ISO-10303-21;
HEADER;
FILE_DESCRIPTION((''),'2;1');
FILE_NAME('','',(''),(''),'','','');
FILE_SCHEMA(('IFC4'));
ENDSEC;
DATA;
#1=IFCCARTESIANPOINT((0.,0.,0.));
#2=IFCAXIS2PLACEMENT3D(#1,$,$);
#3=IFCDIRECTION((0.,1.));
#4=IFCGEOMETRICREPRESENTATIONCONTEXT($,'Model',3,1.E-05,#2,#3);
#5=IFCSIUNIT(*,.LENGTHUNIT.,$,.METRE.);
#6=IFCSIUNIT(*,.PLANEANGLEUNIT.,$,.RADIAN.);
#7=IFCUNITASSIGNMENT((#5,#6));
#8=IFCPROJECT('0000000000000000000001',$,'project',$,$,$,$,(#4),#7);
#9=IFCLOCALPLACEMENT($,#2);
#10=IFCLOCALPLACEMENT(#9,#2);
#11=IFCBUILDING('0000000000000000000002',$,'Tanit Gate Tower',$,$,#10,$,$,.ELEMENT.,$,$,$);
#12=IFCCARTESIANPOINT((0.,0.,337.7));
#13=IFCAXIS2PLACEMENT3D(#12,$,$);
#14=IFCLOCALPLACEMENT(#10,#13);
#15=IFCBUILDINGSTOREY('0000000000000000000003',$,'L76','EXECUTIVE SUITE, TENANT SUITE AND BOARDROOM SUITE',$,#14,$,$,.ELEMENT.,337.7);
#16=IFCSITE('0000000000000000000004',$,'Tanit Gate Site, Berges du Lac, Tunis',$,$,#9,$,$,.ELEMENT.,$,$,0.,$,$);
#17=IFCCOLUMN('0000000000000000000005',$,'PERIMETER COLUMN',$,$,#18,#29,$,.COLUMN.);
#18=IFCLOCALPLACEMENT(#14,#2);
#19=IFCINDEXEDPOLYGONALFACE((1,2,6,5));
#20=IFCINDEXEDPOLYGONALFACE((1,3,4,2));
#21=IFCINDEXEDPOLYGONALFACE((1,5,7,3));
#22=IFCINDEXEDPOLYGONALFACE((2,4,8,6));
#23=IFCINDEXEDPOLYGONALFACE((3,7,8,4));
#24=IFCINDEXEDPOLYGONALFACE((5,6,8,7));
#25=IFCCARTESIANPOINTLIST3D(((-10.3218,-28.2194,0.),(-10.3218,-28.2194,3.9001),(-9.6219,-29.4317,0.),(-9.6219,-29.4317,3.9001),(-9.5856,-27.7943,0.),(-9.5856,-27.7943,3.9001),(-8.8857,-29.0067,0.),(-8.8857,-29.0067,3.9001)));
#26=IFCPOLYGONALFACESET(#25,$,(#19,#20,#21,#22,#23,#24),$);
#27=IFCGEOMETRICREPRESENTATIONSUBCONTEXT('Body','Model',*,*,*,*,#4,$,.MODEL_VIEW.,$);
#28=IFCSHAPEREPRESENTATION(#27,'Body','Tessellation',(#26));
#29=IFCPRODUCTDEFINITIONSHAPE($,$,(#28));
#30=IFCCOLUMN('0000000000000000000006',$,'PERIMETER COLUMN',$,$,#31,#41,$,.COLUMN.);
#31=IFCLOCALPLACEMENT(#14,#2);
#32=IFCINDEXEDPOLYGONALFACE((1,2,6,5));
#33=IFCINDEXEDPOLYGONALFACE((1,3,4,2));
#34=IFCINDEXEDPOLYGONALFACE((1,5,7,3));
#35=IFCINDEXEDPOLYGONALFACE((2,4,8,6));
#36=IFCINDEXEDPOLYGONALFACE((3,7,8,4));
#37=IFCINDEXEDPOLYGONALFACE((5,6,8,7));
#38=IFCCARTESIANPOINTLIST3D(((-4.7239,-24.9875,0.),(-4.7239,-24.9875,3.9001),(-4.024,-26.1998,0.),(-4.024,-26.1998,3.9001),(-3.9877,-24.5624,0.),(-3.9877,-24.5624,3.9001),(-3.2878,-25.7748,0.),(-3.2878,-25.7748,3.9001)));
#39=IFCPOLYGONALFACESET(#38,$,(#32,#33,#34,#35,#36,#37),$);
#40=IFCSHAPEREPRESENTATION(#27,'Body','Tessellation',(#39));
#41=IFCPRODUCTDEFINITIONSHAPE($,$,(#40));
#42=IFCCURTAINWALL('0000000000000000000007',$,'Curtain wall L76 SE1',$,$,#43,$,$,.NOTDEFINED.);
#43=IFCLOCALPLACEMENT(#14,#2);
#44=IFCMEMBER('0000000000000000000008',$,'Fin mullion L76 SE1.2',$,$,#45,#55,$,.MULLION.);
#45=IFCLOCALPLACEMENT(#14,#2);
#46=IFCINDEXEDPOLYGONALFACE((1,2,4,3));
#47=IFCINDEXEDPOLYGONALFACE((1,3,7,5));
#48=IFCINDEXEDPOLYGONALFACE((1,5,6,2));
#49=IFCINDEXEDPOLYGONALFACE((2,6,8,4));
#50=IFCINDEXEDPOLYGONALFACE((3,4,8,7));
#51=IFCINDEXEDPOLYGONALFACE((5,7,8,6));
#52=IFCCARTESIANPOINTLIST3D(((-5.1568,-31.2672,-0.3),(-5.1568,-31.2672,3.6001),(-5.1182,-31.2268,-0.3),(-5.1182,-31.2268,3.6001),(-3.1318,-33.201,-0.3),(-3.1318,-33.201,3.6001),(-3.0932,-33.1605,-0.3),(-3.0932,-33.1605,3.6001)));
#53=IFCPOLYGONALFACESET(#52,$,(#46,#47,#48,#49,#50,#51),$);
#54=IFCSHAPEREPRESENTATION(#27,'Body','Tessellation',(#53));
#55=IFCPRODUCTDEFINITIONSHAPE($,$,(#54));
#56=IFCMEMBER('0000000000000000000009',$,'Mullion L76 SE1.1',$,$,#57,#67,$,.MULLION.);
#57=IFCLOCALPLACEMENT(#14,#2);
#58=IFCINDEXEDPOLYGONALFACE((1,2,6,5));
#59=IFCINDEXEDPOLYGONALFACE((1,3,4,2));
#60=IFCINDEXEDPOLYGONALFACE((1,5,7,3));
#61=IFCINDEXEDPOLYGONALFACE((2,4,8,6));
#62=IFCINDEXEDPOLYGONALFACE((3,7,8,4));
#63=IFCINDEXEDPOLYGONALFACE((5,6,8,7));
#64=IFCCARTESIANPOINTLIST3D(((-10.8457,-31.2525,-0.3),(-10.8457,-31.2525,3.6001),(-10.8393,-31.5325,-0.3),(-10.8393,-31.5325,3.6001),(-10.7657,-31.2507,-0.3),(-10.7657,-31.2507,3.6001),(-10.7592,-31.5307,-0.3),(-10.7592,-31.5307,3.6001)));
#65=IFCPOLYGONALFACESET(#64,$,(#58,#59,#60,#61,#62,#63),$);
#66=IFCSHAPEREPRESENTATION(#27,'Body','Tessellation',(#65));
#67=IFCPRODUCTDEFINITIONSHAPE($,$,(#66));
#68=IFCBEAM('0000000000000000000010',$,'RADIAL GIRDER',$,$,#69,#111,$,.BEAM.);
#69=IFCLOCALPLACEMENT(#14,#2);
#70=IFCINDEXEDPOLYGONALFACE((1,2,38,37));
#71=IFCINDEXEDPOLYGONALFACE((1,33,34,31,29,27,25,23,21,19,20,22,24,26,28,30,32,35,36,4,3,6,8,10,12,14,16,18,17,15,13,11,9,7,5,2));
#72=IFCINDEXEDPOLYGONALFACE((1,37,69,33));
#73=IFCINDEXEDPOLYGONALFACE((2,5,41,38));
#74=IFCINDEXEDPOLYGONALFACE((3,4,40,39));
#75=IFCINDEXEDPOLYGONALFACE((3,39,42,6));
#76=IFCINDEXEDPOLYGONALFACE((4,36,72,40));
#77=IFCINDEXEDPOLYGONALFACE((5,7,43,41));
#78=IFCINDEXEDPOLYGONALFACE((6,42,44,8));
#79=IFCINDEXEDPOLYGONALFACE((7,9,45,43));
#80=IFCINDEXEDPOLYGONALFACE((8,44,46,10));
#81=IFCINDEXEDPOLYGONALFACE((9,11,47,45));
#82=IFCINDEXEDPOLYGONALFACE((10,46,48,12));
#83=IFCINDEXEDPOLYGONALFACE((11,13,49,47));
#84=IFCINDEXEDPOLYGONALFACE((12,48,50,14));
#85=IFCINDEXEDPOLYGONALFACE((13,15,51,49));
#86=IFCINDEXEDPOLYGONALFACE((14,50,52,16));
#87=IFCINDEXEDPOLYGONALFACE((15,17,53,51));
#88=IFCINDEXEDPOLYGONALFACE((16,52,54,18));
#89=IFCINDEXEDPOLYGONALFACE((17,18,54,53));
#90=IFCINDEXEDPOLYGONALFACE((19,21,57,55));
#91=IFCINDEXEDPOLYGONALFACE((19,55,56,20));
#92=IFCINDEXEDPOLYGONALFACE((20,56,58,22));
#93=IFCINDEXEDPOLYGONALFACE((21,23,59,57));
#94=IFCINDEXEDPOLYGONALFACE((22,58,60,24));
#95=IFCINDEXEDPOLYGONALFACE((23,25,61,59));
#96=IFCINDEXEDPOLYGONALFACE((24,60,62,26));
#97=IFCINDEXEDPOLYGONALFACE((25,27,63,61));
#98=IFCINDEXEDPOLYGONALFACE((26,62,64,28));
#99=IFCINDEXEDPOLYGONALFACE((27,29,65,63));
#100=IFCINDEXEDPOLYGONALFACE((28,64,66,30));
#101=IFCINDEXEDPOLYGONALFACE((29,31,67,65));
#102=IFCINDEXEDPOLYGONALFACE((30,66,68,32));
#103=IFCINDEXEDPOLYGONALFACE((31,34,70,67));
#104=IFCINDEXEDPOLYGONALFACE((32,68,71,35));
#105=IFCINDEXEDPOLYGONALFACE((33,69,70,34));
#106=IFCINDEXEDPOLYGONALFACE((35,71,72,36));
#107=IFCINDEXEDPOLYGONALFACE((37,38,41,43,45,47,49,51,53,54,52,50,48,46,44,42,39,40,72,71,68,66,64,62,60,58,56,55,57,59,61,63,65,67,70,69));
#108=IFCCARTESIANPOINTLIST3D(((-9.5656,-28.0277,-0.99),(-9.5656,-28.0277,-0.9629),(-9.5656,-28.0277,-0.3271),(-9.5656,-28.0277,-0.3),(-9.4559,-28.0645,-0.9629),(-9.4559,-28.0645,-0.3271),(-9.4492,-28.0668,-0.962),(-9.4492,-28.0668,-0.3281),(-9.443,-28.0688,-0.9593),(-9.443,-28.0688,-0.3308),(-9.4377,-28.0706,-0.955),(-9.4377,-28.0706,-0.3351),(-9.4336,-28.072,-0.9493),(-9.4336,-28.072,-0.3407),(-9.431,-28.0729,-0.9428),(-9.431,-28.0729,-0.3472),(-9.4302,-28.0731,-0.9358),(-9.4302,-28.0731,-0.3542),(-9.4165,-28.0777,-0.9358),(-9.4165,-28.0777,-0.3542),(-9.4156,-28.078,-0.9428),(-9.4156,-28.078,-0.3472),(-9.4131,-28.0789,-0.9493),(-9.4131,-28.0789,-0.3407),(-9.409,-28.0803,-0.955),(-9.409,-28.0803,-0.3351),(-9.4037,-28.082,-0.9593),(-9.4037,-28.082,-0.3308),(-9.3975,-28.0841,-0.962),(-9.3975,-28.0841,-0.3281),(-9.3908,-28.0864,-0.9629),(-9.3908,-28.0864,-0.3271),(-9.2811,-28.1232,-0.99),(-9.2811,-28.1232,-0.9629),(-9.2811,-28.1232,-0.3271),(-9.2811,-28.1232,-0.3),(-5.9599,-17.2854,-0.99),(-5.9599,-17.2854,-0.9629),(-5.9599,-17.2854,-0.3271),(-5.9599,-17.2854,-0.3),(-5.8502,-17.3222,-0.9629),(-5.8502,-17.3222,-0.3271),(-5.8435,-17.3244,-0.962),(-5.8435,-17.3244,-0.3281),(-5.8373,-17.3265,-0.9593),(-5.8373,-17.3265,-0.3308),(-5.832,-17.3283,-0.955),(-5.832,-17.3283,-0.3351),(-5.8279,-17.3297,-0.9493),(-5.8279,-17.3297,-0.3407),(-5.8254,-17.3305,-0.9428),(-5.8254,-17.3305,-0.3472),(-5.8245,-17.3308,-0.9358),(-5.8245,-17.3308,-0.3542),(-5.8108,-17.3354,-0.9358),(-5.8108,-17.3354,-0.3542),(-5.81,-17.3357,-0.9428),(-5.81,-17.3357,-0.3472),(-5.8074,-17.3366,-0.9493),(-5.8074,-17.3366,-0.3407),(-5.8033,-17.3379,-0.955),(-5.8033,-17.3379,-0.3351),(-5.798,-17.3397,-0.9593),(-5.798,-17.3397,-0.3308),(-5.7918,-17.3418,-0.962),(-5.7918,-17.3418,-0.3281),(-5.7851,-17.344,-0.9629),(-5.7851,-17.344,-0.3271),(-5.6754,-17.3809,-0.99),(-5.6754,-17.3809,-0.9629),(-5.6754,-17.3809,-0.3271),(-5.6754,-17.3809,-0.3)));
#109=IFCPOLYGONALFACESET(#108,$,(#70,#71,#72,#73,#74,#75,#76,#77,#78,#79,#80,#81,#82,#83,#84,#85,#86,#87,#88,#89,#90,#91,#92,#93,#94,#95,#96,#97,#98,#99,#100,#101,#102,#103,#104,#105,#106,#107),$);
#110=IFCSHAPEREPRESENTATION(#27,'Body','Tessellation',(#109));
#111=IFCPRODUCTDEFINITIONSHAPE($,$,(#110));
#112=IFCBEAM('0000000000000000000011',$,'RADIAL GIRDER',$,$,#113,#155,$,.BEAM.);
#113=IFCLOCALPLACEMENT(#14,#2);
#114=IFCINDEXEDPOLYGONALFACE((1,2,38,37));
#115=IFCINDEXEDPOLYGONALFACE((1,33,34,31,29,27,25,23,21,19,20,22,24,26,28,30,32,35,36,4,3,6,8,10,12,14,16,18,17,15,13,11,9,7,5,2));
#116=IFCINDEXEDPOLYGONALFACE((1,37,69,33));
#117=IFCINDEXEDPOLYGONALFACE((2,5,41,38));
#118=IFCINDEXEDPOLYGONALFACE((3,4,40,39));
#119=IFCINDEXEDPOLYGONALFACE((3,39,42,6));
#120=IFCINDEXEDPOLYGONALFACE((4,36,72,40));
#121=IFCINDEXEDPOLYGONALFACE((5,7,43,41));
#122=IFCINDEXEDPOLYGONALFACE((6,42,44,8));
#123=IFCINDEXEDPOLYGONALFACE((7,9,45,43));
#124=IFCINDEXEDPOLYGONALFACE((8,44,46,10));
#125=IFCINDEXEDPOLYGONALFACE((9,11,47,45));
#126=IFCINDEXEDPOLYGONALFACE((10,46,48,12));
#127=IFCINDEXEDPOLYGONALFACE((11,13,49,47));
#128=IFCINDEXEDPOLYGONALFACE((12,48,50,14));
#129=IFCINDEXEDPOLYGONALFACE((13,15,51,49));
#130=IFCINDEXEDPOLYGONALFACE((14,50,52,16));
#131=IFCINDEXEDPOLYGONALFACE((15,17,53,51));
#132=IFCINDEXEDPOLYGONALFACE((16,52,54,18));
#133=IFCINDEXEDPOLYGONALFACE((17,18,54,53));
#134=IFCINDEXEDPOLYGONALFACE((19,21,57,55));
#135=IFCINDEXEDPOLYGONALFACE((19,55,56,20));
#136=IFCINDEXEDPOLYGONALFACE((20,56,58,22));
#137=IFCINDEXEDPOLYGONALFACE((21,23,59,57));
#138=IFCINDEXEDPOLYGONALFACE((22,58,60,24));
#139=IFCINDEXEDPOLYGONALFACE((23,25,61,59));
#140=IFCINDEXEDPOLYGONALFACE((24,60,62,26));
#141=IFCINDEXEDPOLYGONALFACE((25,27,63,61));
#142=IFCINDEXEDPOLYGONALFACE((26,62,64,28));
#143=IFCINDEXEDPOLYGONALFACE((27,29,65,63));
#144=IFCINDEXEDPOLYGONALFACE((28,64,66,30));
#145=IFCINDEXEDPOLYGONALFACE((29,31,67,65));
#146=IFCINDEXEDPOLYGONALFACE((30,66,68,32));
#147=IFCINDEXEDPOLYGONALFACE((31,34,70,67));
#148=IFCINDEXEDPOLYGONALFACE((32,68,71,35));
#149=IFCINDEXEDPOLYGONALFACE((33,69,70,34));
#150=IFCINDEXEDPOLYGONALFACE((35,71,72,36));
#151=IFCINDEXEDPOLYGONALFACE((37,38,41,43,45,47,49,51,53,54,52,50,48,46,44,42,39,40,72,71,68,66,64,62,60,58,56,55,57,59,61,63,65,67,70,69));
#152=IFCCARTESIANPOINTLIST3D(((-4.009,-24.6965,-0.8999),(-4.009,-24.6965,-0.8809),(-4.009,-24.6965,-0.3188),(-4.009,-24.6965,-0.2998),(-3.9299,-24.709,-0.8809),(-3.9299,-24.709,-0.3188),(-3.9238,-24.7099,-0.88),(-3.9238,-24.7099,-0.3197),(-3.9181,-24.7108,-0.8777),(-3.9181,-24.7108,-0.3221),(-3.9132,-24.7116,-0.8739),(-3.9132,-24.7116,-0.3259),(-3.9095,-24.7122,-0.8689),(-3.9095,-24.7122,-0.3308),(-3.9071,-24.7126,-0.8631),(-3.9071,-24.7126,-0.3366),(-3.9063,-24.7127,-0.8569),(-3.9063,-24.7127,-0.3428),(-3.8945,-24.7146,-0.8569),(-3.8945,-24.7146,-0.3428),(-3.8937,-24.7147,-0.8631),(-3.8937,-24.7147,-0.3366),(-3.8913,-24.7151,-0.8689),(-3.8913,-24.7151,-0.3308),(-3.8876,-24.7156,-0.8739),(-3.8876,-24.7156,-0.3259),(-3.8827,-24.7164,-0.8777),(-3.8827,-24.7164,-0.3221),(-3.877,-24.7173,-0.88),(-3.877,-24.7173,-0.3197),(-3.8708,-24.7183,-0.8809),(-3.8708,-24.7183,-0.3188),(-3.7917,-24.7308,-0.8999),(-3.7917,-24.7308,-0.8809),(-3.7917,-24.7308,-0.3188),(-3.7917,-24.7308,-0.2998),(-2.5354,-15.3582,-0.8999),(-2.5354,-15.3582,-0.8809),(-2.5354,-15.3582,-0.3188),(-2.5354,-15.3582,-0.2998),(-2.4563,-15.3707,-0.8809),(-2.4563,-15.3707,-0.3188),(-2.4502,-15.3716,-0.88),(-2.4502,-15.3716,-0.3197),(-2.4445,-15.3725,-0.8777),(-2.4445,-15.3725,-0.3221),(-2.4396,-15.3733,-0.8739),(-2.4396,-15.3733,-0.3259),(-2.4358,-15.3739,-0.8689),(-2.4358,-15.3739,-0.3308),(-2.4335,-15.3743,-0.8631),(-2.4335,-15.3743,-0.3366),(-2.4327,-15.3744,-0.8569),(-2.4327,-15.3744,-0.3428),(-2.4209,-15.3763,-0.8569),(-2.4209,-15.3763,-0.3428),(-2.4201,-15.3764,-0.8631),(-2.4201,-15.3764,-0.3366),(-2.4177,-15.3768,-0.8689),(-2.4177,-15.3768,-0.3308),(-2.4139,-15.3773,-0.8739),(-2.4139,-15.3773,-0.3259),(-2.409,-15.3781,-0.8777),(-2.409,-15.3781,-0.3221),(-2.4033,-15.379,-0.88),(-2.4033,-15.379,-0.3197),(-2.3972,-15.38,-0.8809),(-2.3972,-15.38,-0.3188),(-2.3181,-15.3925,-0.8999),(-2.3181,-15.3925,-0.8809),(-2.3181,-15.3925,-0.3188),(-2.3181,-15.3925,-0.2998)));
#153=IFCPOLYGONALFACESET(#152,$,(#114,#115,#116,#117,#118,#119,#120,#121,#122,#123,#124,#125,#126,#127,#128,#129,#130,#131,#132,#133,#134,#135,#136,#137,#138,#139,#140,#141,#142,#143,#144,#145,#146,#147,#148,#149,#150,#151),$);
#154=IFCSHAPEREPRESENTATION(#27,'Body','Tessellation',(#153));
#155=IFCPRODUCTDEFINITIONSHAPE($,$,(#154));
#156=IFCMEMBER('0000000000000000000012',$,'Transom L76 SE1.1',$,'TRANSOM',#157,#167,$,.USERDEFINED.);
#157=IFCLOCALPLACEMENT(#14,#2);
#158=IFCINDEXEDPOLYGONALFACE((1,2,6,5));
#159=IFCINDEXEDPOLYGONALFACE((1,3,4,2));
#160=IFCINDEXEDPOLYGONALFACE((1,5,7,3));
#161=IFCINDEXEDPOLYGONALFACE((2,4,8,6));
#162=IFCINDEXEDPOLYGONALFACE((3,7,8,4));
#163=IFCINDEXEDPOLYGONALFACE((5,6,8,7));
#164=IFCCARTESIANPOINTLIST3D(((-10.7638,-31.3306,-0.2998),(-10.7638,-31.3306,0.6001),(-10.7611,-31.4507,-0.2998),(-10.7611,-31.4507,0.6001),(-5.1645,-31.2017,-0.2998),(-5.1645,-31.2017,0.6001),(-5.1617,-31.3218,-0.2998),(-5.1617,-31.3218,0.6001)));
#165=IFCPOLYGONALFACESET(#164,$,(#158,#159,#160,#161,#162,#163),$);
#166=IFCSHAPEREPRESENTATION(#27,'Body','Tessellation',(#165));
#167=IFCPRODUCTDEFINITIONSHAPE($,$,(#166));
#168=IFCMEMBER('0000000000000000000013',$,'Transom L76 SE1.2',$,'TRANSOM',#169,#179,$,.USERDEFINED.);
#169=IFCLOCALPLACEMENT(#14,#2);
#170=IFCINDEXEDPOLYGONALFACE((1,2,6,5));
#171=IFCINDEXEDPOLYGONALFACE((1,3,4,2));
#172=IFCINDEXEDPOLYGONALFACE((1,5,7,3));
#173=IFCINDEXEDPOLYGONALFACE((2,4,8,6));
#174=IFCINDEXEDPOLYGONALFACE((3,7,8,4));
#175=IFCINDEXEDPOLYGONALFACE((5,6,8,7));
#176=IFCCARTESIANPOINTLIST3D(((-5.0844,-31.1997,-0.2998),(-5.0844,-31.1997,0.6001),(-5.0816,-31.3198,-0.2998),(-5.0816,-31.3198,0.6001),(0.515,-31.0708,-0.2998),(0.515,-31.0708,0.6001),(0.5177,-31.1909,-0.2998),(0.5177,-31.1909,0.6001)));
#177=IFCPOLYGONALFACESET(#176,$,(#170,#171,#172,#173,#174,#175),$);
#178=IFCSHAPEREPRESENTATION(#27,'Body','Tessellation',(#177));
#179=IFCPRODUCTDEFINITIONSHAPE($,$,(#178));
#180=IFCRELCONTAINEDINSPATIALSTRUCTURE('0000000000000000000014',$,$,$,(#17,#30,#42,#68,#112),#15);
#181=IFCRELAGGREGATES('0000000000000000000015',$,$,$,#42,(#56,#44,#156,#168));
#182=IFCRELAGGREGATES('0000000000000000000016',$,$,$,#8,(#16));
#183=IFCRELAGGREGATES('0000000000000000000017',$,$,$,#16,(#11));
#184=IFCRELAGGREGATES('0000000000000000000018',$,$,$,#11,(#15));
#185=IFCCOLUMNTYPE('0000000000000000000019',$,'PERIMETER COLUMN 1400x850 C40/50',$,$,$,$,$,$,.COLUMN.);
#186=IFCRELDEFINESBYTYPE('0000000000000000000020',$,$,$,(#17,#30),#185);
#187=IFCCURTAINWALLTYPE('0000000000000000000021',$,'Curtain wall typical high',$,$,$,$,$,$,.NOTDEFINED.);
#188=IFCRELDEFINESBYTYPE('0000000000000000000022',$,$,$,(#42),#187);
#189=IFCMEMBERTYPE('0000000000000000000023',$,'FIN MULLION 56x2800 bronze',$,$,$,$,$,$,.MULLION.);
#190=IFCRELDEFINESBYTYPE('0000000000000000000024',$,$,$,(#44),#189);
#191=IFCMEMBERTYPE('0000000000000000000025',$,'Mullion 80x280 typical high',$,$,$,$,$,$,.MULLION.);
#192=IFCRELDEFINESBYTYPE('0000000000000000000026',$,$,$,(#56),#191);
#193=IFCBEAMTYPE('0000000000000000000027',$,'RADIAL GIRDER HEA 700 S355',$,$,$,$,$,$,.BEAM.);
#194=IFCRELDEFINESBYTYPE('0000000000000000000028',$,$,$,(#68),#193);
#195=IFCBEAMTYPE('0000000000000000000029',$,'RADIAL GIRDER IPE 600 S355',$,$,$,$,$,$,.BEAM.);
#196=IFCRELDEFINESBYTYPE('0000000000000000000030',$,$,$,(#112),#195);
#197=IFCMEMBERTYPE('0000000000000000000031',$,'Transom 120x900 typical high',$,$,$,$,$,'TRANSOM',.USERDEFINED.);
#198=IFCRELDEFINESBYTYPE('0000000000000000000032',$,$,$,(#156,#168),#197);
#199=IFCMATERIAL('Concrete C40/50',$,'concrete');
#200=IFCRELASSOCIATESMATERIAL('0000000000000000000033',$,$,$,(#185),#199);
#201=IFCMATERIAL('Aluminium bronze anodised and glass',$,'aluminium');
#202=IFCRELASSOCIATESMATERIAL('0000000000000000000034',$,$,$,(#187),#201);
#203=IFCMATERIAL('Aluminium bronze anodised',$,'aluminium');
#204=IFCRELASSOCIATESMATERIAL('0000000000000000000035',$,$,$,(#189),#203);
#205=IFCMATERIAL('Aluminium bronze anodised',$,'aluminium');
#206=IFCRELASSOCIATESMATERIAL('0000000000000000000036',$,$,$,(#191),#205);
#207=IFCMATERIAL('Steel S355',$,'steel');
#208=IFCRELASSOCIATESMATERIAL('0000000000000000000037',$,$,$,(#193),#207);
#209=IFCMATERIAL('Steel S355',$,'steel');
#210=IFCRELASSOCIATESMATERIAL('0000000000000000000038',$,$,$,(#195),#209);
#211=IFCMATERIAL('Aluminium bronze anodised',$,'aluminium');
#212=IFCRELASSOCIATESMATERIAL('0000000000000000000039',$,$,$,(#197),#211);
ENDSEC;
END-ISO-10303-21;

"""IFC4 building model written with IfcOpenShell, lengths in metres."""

from ifc_helpers import new_model, si_unit, direction, frame, origin, origin_2d, place, context, subcontext, project, spatial, rectangle, i_section, extrude, material, material_profile, profile_set, type_object, element, aggregate, save


model = new_model("IFC4")

# Units and contexts
model_context = context("Model", 3, precision=1e-05, world=origin(), true_north=direction((0.0, 1.0)))
body_context = subcontext(model_context, "Body", "Model", "MODEL_VIEW")
ifc_project = project(units=[si_unit("LENGTHUNIT", "METRE"), si_unit("PLANEANGLEUNIT", "RADIAN")], contexts=[model_context])

# Site, building, storey
site_placement = place(None, origin())
site = spatial("IfcSite", under=ifc_project, at=site_placement, Name="Tanit Gate Site, Berges du Lac, Tunis", CompositionType="ELEMENT", RefElevation=0.0)
building_placement = place(site_placement, origin())
building = spatial("IfcBuilding", under=site, at=building_placement, Name="Tanit Gate Tower", CompositionType="ELEMENT")
storey_placement = place(building_placement, frame((0.0, 0.0, 337.7)))
storey = spatial("IfcBuildingStorey", under=building, at=storey_placement, Name="L76", Description="EXECUTIVE SUITE, TENANT SUITE AND BOARDROOM SUITE", CompositionType="ELEMENT", Elevation=337.7)

# Columns
ifc_material_1 = material(Name="Concrete C40/50", Category="concrete")
ifc_material_profile_1 = material_profile(ifc_material_1, rectangle(XDim=1.3999, YDim=0.8501, at=origin_2d()), Name="RC 1400x850")
ifc_profile_set_1 = profile_set([ifc_material_profile_1], Name="Concrete C40/50")
column_type = type_object("IfcColumnType", Name="PERIMETER COLUMN 1400x850 C40/50", PredefinedType="COLUMN", material=ifc_profile_set_1)
for number, where, z_axis, x_axis, name in (
    (1, (-9.6038, -28.613, 0.0), (0.0, 0.0, 1.0), (0.5, -0.866025, 0.0), "PERIMETER COLUMN"),
    (2, (-4.0059, -25.3811, 0.0), (0.0, 0.0, 1.0), (0.5, -0.866025, 0.0), "PERIMETER COLUMN"),
):
    element("IfcColumn", number, at=place(storey_placement, frame(where, z_axis=z_axis, x_axis=x_axis)), inside=storey, type_object=column_type, Name=name, PredefinedType="COLUMN", context=body_context, shape_type="SweptSolid", body=[
        extrude(rectangle(XDim=1.3999, YDim=0.8501, at=origin_2d()), origin(), (0.0, 0.0, 1.0), 3.9001),
    ])

# Curtain wall, members
ifc_material_2 = material(Name="Aluminium bronze anodised and glass", Category="aluminium")
curtain_wall_type = type_object("IfcCurtainWallType", Name="Curtain wall typical high", PredefinedType="NOTDEFINED", material=ifc_material_2)
curtain_wall_placement = place(storey_placement, origin())
curtain_wall = element("IfcCurtainWall", 3, at=curtain_wall_placement, inside=storey, type_object=curtain_wall_type, Name="Curtain wall L76 SE1", PredefinedType="NOTDEFINED")
ifc_material_3 = material(Name="Aluminium bronze anodised", Category="aluminium")
ifc_material_profile_2 = material_profile(ifc_material_3, rectangle(XDim=2.8, YDim=0.0559, at=origin_2d()), Name="56x2800 bronze fin mullion")
ifc_profile_set_2 = profile_set([ifc_material_profile_2], Name="Aluminium bronze anodised")
member_type_1 = type_object("IfcMemberType", Name="FIN MULLION 56x2800 bronze", PredefinedType="MULLION", material=ifc_profile_set_2)
member_1_placement = place(storey_placement, frame((-4.125, -32.2139, -0.3), z_axis=(0.0, 0.0, 1.0), x_axis=(-0.723211, 0.690627, 0.0)))
member_1 = element("IfcMember", 4, at=member_1_placement, type_object=member_type_1, Name="Fin mullion L76 SE1.2", PredefinedType="MULLION", context=body_context, shape_type="SweptSolid", body=[
    extrude(rectangle(XDim=2.8, YDim=0.0559, at=origin_2d()), origin(), (0.0, 0.0, 1.0), 3.9001),
])
ifc_material_4 = material(Name="Aluminium bronze anodised", Category="aluminium")
ifc_material_profile_3 = material_profile(ifc_material_4, rectangle(XDim=0.28, YDim=0.0801, at=origin_2d()), Name="80x280 bronze mullion")
ifc_profile_set_3 = profile_set([ifc_material_profile_3], Name="Aluminium bronze anodised")
member_type_2 = type_object("IfcMemberType", Name="Mullion 80x280 typical high", PredefinedType="MULLION", material=ifc_profile_set_3)
member_2_placement = place(storey_placement, frame((-10.8025, -31.3916, -0.3), z_axis=(0.0, 0.0, 1.0), x_axis=(-0.02304, 0.999735, 0.0)))
member_2 = element("IfcMember", 5, at=member_2_placement, type_object=member_type_2, Name="Mullion L76 SE1.1", PredefinedType="MULLION", context=body_context, shape_type="SweptSolid", body=[
    extrude(rectangle(XDim=0.28, YDim=0.0801, at=origin_2d()), origin(), (0.0, 0.0, 1.0), 3.9001),
])

# Beams
ifc_material_5 = material(Name="Steel S355", Category="steel")
ifc_material_profile_4 = material_profile(ifc_material_5, i_section(OverallWidth=0.3, OverallDepth=0.6899, WebThickness=0.0144, FlangeThickness=0.0271, FilletRadius=0.0271, at=origin_2d()), Name="HEA 700")
ifc_profile_set_4 = profile_set([ifc_material_profile_4], Name="Steel S355")
beam_type_1 = type_object("IfcBeamType", Name="RADIAL GIRDER HEA 700 S355", PredefinedType="BEAM", material=ifc_profile_set_4)
beam_1_placement = place(storey_placement, frame((-9.4233, -28.0754, -0.645), z_axis=(0.318205, 0.948022, 0.0), x_axis=(-0.948022, 0.318205, 0.0)))
element("IfcBeam", 6, at=beam_1_placement, inside=storey, type_object=beam_type_1, Name="RADIAL GIRDER", PredefinedType="BEAM", context=body_context, shape_type="SweptSolid", body=[
    extrude(i_section(OverallWidth=0.3, OverallDepth=0.6899, WebThickness=0.0144, FlangeThickness=0.0271, FilletRadius=0.0271, at=origin_2d()), origin(), (0.0, 0.0, 1.0), 11.3313),
])
ifc_material_6 = material(Name="Steel S355", Category="steel")
ifc_material_profile_5 = material_profile(ifc_material_6, i_section(OverallWidth=0.22, OverallDepth=0.6001, WebThickness=0.012, FlangeThickness=0.019, FilletRadius=0.0239, at=origin_2d()), Name="IPE 600")
ifc_profile_set_5 = profile_set([ifc_material_profile_5], Name="Steel S355")
beam_type_2 = type_object("IfcBeamType", Name="RADIAL GIRDER IPE 600 S355", PredefinedType="BEAM", material=ifc_profile_set_5)
beam_2_placement = place(storey_placement, frame((-3.9004, -24.7136, -0.5999), z_axis=(0.155875, 0.987777, 0.0), x_axis=(-0.987777, 0.155875, 0.0)))
element("IfcBeam", 7, at=beam_2_placement, inside=storey, type_object=beam_type_2, Name="RADIAL GIRDER", PredefinedType="BEAM", context=body_context, shape_type="SweptSolid", body=[
    extrude(i_section(OverallWidth=0.22, OverallDepth=0.6001, WebThickness=0.012, FlangeThickness=0.019, FilletRadius=0.0239, at=origin_2d()), origin(), (0.0, 0.0, 1.0), 9.4539),
])

# Members
ifc_material_7 = material(Name="Aluminium bronze anodised", Category="aluminium")
ifc_material_profile_6 = material_profile(ifc_material_7, rectangle(XDim=0.1201, YDim=0.8999, at=origin_2d()), Name="120x900 bronze transom")
ifc_profile_set_6 = profile_set([ifc_material_profile_6], Name="Aluminium bronze anodised")
member_type_3 = type_object("IfcMemberType", Name="Transom 120x900 typical high", ElementType="TRANSOM", PredefinedType="USERDEFINED", material=ifc_profile_set_6)
member_3_placement = place(storey_placement, frame((-10.7625, -31.3906, 0.1501), z_axis=(0.999735, 0.023015, 0.0), x_axis=(-0.023015, 0.999735, 0.0)))
member_3 = element("IfcMember", 8, at=member_3_placement, type_object=member_type_3, Name="Transom L76 SE1.1", ObjectType="TRANSOM", PredefinedType="USERDEFINED", context=body_context, shape_type="SweptSolid", body=[
    extrude(rectangle(XDim=0.1201, YDim=0.8999, at=origin_2d()), origin(), (0.0, 0.0, 1.0), 5.6008),
])
member_4_placement = place(storey_placement, frame((-5.083, -31.2598, 0.1501), z_axis=(0.999735, 0.023015, 0.0), x_axis=(-0.023015, 0.999735, 0.0)))
member_4 = element("IfcMember", 9, at=member_4_placement, type_object=member_type_3, Name="Transom L76 SE1.2", ObjectType="TRANSOM", PredefinedType="USERDEFINED", context=body_context, shape_type="SweptSolid", body=[
    extrude(rectangle(XDim=0.1201, YDim=0.8999, at=origin_2d()), origin(), (0.0, 0.0, 1.0), 5.6008),
])

aggregate(curtain_wall, [member_2, member_1, member_3, member_4])

save(model, "model.ifc")
